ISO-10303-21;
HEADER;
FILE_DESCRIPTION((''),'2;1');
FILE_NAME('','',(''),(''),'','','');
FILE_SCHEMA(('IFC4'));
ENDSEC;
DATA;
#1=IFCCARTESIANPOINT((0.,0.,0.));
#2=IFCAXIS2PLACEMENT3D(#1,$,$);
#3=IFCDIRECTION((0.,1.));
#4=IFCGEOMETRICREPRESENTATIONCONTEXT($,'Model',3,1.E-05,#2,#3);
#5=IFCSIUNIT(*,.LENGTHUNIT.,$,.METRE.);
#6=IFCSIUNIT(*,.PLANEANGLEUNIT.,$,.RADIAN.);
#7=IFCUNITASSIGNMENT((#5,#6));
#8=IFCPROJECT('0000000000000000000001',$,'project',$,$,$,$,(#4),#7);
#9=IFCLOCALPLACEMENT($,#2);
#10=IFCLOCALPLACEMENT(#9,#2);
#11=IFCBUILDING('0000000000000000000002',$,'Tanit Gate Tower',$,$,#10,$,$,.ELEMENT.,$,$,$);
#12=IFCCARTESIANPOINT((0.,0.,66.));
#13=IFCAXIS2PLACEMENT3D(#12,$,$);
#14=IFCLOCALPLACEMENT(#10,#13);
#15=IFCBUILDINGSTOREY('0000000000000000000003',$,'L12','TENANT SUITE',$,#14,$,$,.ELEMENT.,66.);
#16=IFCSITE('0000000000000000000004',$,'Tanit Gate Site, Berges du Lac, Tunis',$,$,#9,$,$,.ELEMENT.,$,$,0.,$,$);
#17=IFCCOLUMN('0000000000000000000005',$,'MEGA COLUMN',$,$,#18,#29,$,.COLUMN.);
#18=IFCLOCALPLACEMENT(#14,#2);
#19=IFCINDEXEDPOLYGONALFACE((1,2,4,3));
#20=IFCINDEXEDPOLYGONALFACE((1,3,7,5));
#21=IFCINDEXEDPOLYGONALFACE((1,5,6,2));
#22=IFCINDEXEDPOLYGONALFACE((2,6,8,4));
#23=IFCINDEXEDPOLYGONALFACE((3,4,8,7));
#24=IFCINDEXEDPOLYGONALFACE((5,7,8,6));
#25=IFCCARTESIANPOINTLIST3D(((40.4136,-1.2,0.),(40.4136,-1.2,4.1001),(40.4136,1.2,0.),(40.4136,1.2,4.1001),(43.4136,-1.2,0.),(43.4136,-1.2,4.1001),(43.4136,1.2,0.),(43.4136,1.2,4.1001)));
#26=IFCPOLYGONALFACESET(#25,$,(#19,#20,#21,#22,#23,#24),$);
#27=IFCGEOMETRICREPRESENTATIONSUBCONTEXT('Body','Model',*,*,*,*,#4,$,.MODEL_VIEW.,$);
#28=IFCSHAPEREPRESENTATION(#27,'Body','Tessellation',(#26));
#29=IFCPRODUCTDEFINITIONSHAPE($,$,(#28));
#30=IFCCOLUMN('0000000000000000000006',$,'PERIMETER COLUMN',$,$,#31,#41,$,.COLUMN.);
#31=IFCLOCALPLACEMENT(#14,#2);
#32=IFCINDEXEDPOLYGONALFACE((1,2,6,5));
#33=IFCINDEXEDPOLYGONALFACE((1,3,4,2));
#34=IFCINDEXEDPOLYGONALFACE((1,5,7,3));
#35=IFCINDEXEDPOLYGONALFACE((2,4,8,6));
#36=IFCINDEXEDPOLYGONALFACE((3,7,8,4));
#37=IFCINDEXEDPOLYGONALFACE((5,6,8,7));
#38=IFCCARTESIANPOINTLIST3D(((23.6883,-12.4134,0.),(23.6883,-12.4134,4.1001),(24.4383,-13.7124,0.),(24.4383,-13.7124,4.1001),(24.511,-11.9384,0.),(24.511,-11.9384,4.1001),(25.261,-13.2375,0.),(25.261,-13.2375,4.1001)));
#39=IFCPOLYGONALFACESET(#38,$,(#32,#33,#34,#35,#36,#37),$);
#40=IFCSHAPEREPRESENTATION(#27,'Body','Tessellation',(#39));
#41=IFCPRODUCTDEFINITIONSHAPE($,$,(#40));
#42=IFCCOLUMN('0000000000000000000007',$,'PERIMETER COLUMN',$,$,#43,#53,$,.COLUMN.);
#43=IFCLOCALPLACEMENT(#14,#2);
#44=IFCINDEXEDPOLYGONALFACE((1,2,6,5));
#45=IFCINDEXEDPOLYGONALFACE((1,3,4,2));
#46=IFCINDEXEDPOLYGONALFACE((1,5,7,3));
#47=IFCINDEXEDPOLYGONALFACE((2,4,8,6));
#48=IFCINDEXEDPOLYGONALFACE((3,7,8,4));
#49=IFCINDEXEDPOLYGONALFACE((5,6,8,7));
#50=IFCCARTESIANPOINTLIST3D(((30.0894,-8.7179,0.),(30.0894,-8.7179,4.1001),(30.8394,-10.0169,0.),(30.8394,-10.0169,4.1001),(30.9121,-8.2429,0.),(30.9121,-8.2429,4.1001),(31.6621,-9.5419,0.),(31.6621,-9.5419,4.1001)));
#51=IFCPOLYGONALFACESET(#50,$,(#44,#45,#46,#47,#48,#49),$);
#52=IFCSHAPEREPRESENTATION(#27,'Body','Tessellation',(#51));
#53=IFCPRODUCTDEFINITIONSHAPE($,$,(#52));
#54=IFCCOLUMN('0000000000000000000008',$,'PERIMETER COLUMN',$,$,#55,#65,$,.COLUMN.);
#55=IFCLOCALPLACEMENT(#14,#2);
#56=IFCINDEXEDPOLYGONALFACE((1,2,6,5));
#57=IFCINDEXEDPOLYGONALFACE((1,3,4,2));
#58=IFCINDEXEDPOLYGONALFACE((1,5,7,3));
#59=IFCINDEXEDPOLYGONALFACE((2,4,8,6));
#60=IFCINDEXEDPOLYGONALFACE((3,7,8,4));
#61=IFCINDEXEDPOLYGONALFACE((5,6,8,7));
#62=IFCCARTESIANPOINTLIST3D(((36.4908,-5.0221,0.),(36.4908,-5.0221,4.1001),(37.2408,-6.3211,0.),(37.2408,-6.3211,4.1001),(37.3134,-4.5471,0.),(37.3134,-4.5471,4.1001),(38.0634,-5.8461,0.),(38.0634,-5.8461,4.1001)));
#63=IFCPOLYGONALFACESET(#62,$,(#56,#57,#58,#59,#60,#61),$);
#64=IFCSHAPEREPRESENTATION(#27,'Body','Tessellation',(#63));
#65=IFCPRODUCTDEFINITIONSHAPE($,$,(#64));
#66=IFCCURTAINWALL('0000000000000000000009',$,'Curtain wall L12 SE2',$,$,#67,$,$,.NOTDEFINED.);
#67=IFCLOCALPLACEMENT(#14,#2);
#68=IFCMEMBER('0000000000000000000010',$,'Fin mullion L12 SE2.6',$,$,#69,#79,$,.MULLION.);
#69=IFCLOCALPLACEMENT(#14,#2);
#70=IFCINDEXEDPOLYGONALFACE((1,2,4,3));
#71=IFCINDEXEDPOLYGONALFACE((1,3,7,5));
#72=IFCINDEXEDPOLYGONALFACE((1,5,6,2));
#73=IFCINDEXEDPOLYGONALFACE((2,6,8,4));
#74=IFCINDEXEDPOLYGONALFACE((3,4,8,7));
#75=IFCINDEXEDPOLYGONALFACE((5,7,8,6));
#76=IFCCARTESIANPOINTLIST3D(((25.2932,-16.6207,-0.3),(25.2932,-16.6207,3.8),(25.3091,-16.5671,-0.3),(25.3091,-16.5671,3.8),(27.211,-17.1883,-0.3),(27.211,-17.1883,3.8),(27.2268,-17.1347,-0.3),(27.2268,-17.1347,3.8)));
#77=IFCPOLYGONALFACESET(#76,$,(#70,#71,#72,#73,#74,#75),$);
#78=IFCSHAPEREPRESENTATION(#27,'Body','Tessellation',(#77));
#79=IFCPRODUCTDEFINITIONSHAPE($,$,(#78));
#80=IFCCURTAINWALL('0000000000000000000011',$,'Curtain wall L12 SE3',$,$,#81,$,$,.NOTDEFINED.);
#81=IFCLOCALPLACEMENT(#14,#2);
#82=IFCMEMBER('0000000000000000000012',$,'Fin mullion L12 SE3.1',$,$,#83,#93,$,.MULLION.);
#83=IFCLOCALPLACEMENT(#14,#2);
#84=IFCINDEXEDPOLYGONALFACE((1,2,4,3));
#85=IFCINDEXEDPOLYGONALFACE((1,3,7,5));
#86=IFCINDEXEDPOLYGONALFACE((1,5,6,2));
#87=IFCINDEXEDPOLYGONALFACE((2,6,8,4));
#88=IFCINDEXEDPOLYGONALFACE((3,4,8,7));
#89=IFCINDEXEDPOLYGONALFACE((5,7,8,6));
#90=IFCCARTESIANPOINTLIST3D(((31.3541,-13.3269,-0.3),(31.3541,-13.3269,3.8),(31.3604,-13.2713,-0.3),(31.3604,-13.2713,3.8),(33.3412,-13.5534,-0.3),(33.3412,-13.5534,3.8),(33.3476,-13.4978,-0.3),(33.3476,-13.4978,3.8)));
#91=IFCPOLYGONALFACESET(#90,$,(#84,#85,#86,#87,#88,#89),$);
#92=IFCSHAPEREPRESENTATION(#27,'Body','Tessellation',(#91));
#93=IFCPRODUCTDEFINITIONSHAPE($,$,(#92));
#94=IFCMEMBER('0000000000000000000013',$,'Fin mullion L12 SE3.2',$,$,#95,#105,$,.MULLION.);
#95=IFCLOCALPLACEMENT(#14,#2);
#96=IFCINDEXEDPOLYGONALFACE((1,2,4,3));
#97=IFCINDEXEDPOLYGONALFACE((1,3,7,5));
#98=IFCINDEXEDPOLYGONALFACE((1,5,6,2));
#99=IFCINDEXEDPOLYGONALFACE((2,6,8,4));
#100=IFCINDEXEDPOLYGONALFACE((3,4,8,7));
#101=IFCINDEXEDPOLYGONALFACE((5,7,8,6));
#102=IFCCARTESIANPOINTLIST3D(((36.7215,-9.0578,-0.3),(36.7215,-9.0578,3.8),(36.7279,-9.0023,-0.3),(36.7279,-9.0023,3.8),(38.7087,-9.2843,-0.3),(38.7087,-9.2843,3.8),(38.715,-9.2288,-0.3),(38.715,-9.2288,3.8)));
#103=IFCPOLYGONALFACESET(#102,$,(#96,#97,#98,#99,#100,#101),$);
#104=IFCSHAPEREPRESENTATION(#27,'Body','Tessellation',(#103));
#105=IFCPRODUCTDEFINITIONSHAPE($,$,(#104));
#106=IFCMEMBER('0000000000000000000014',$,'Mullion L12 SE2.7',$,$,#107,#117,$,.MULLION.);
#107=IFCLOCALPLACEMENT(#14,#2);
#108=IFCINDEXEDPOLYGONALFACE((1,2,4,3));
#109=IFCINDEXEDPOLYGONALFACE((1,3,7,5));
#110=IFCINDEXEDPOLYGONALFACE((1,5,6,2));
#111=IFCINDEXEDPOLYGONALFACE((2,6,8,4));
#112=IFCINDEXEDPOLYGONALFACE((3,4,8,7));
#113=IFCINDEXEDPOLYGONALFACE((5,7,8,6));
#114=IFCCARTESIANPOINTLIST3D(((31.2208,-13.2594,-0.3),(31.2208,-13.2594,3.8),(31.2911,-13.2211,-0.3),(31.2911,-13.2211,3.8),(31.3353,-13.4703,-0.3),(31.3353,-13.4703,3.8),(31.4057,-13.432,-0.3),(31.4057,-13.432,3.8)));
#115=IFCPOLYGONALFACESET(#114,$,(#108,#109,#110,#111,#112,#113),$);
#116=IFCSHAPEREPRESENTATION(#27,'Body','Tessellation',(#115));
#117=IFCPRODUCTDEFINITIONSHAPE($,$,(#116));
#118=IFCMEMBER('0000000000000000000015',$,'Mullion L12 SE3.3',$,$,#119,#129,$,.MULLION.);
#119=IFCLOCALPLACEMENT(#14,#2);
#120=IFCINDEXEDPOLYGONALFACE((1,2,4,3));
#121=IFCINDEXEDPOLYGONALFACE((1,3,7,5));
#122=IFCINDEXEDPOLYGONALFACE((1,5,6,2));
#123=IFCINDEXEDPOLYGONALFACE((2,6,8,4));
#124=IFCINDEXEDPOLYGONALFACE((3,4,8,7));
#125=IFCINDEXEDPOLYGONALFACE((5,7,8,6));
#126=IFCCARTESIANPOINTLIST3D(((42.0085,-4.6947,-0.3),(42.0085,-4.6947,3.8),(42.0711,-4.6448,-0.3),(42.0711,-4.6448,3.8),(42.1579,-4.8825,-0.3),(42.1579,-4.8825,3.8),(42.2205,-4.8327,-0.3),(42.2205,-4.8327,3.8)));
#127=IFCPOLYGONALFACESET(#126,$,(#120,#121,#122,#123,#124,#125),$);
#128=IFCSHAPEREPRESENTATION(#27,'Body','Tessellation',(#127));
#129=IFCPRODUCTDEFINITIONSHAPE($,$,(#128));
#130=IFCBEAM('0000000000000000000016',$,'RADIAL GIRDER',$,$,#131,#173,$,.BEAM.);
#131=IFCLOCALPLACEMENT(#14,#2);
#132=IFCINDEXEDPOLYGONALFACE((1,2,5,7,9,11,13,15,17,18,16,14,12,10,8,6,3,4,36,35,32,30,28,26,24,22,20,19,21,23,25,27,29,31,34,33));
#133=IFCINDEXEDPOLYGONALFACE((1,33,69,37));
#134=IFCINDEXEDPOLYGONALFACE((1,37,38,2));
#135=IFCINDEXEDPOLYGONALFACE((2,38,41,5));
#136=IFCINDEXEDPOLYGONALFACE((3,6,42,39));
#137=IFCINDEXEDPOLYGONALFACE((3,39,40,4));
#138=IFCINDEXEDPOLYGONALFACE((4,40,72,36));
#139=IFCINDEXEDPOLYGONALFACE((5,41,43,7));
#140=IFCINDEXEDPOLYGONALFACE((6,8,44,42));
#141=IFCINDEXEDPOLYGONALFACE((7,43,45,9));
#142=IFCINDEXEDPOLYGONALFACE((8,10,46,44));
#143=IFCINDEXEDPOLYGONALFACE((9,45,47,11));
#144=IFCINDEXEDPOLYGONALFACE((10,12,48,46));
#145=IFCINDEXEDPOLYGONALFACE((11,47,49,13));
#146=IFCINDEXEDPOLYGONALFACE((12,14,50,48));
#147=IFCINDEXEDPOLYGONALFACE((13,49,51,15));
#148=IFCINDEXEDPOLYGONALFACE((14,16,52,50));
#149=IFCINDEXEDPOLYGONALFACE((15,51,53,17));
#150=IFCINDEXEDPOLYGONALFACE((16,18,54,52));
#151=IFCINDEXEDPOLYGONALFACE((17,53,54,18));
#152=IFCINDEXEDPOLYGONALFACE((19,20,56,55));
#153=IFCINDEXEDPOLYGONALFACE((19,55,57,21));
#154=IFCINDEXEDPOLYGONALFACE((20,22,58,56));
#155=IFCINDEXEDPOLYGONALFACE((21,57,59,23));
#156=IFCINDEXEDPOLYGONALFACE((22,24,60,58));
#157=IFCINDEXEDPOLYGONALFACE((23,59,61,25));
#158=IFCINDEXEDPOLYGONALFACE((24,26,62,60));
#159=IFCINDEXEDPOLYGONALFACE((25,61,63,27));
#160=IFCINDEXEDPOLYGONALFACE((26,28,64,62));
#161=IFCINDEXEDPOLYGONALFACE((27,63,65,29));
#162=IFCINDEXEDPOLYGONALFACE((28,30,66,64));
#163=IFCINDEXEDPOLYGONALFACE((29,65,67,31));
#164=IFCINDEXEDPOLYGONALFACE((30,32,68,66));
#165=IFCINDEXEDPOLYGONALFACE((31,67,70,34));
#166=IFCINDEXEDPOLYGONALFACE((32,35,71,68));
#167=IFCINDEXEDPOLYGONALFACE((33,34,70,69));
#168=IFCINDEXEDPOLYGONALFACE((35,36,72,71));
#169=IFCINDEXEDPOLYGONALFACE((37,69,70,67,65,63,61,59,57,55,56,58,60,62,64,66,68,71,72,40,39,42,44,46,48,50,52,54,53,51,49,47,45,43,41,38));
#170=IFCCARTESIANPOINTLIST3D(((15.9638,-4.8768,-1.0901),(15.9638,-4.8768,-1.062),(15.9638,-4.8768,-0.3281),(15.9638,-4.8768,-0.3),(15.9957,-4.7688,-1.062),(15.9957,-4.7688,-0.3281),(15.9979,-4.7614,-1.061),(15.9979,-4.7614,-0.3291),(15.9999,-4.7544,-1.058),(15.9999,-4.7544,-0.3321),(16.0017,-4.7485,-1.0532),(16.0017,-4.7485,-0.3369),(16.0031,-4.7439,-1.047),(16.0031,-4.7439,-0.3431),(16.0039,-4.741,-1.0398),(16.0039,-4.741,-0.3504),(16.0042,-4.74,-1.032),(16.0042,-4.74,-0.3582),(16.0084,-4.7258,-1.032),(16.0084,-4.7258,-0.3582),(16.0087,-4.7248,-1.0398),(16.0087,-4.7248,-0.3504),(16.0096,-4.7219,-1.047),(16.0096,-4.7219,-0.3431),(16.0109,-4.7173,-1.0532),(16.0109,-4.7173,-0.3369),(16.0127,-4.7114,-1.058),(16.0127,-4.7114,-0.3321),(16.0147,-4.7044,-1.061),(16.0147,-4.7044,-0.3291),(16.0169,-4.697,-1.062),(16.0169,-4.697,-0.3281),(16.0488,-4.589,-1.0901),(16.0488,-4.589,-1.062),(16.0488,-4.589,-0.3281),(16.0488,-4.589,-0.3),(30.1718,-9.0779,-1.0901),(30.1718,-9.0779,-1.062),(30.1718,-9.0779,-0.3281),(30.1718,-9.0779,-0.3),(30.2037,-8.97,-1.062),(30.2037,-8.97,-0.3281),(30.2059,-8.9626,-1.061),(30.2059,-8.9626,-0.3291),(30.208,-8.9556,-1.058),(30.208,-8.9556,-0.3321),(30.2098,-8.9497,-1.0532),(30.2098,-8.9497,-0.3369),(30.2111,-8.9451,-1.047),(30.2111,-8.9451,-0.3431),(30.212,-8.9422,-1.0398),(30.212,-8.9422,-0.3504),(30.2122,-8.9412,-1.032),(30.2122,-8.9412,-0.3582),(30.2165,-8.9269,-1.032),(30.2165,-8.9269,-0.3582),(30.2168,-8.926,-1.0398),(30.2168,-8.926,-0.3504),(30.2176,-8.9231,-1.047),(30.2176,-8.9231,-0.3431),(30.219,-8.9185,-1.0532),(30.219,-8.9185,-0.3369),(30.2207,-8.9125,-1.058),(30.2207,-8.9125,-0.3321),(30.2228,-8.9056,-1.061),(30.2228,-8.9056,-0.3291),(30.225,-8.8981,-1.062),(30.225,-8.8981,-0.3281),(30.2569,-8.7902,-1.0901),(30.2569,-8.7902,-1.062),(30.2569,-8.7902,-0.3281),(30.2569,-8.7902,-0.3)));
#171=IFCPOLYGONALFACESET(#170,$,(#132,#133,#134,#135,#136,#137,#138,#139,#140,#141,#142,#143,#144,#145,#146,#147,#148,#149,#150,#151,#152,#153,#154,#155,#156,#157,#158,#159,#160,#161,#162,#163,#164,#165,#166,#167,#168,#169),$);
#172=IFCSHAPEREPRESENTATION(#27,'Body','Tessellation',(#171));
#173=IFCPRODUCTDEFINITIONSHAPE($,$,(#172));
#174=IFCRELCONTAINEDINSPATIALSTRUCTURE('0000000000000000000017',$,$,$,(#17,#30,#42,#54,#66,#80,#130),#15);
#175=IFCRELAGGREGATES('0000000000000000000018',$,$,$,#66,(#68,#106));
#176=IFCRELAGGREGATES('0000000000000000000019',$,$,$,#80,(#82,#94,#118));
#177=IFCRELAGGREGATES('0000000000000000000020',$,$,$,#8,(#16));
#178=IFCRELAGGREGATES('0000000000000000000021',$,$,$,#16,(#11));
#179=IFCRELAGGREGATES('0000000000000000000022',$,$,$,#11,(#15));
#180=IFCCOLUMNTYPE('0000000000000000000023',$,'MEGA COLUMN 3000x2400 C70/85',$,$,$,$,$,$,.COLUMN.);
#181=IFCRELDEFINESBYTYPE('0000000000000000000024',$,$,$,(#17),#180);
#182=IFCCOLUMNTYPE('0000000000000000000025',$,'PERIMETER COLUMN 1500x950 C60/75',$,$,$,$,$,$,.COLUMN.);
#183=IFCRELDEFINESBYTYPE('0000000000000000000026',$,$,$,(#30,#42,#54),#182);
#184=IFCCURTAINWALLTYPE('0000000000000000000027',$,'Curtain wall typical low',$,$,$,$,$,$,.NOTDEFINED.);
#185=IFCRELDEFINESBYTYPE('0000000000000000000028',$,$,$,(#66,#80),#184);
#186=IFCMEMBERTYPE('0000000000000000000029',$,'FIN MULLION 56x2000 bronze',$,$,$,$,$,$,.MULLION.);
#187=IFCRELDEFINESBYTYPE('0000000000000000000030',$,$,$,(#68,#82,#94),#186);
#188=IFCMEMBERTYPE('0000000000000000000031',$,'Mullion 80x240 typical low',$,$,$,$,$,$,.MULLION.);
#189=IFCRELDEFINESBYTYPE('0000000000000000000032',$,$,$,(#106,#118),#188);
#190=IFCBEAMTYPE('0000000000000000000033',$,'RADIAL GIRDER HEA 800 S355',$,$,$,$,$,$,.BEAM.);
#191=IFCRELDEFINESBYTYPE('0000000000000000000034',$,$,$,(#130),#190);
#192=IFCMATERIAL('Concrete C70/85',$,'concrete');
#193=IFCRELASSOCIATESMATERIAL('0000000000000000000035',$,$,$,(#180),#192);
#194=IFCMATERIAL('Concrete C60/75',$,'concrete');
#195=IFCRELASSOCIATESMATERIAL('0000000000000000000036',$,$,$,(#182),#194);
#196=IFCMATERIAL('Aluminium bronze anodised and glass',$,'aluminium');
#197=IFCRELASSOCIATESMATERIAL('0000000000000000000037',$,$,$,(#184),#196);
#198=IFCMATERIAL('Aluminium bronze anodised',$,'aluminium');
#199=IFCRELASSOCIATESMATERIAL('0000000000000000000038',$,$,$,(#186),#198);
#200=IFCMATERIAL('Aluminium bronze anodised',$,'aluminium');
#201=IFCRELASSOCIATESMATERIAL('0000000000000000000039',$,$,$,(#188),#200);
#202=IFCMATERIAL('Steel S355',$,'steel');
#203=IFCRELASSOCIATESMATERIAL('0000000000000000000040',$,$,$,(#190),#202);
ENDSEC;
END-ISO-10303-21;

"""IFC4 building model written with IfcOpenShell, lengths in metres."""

from ifc_helpers import new_model, si_unit, direction, frame, origin, origin_2d, place, context, subcontext, project, spatial, rectangle, i_section, extrude, material, material_profile, profile_set, type_object, element, aggregate, save


model = new_model("IFC4")

# Units and contexts
model_context = context("Model", 3, precision=1e-05, world=origin(), true_north=direction((0.0, 1.0)))
body_context = subcontext(model_context, "Body", "Model", "MODEL_VIEW")
ifc_project = project(units=[si_unit("LENGTHUNIT", "METRE"), si_unit("PLANEANGLEUNIT", "RADIAN")], contexts=[model_context])

# Site, building, storey
site_placement = place(None, origin())
site = spatial("IfcSite", under=ifc_project, at=site_placement, Name="Tanit Gate Site, Berges du Lac, Tunis", CompositionType="ELEMENT", RefElevation=0.0)
building_placement = place(site_placement, origin())
building = spatial("IfcBuilding", under=site, at=building_placement, Name="Tanit Gate Tower", CompositionType="ELEMENT")
storey_placement = place(building_placement, frame((0.0, 0.0, 66.0)))
storey = spatial("IfcBuildingStorey", under=building, at=storey_placement, Name="L12", Description="TENANT SUITE", CompositionType="ELEMENT", Elevation=66.0)

# Columns
ifc_material_1 = material(Name="Concrete C70/85", Category="concrete")
ifc_material_profile_1 = material_profile(ifc_material_1, rectangle(XDim=3.0, YDim=2.3999, at=origin_2d()), Name="RC 3000x2400")
ifc_profile_set_1 = profile_set([ifc_material_profile_1], Name="Concrete C70/85")
column_type_1 = type_object("IfcColumnType", Name="MEGA COLUMN 3000x2400 C70/85", PredefinedType="COLUMN", material=ifc_profile_set_1)
column_placement = place(storey_placement, frame((41.9136, 0.0, 0.0), z_axis=(0.0, 0.0, 1.0), x_axis=(1.0, 0.0, 0.0)))
element("IfcColumn", 1, at=column_placement, inside=storey, type_object=column_type_1, Name="MEGA COLUMN", PredefinedType="COLUMN", context=body_context, shape_type="SweptSolid", body=[
    extrude(rectangle(XDim=3.0, YDim=2.3999, at=origin_2d()), origin(), (0.0, 0.0, 1.0), 4.1001),
])
ifc_material_2 = material(Name="Concrete C60/75", Category="concrete")
ifc_material_profile_2 = material_profile(ifc_material_2, rectangle(XDim=1.5, YDim=0.95, at=origin_2d()), Name="RC 1500x950")
ifc_profile_set_2 = profile_set([ifc_material_profile_2], Name="Concrete C60/75")
column_type_2 = type_object("IfcColumnType", Name="PERIMETER COLUMN 1500x950 C60/75", PredefinedType="COLUMN", material=ifc_profile_set_2)
for number, where, z_axis, x_axis, name in (
    (2, (24.4746, -12.8254, 0.0), (0.0, 0.0, 1.0), (0.5, -0.866025, 0.0), "PERIMETER COLUMN"),
    (3, (30.8757, -9.1299, 0.0), (0.0, 0.0, 1.0), (0.5, -0.866025, 0.0), "PERIMETER COLUMN"),
    (4, (37.2771, -5.4341, 0.0), (0.0, 0.0, 1.0), (0.5, -0.866025, 0.0), "PERIMETER COLUMN"),
):
    element("IfcColumn", number, at=place(storey_placement, frame(where, z_axis=z_axis, x_axis=x_axis)), inside=storey, type_object=column_type_2, Name=name, PredefinedType="COLUMN", context=body_context, shape_type="SweptSolid", body=[
        extrude(rectangle(XDim=1.5, YDim=0.95, at=origin_2d()), origin(), (0.0, 0.0, 1.0), 4.1001),
    ])

# Curtain wall, member
ifc_material_3 = material(Name="Aluminium bronze anodised and glass", Category="aluminium")
curtain_wall_type = type_object("IfcCurtainWallType", Name="Curtain wall typical low", PredefinedType="NOTDEFINED", material=ifc_material_3)
curtain_wall_1_placement = place(storey_placement, origin())
curtain_wall_1 = element("IfcCurtainWall", 5, at=curtain_wall_1_placement, inside=storey, type_object=curtain_wall_type, Name="Curtain wall L12 SE2", PredefinedType="NOTDEFINED")
ifc_material_4 = material(Name="Aluminium bronze anodised", Category="aluminium")
ifc_material_profile_3 = material_profile(ifc_material_4, rectangle(XDim=2.0, YDim=0.0559, at=origin_2d()), Name="56x2000 bronze fin mullion")
ifc_profile_set_3 = profile_set([ifc_material_profile_3], Name="Aluminium bronze anodised")
member_type_1 = type_object("IfcMemberType", Name="FIN MULLION 56x2000 bronze", PredefinedType="MULLION", material=ifc_profile_set_3)
member_1_placement = place(storey_placement, frame((26.26, -16.8777, -0.3), z_axis=(0.0, 0.0, 1.0), x_axis=(-0.958892, 0.283773, 0.0)))
member_1 = element("IfcMember", 6, at=member_1_placement, type_object=member_type_1, Name="Fin mullion L12 SE2.6", PredefinedType="MULLION", context=body_context, shape_type="SweptSolid", body=[
    extrude(rectangle(XDim=2.0, YDim=0.0559, at=origin_2d()), origin(), (0.0, 0.0, 1.0), 4.1001),
])

# Curtain wall, members
curtain_wall_2_placement = place(storey_placement, origin())
curtain_wall_2 = element("IfcCurtainWall", 7, at=curtain_wall_2_placement, inside=storey, type_object=curtain_wall_type, Name="Curtain wall L12 SE3", PredefinedType="NOTDEFINED")
member_2_placement = place(storey_placement, frame((32.3508, -13.4124, -0.3), z_axis=(0.0, 0.0, 1.0), x_axis=(-0.993566, 0.113253, 0.0)))
member_2 = element("IfcMember", 8, at=member_2_placement, type_object=member_type_1, Name="Fin mullion L12 SE3.1", PredefinedType="MULLION", context=body_context, shape_type="SweptSolid", body=[
    extrude(rectangle(XDim=2.0, YDim=0.0559, at=origin_2d()), origin(), (0.0, 0.0, 1.0), 4.1001),
])
member_3_placement = place(storey_placement, frame((37.7183, -9.1433, -0.3), z_axis=(0.0, 0.0, 1.0), x_axis=(-0.993566, 0.113253, 0.0)))
member_3 = element("IfcMember", 9, at=member_3_placement, type_object=member_type_1, Name="Fin mullion L12 SE3.2", PredefinedType="MULLION", context=body_context, shape_type="SweptSolid", body=[
    extrude(rectangle(XDim=2.0, YDim=0.0559, at=origin_2d()), origin(), (0.0, 0.0, 1.0), 4.1001),
])

# Members
ifc_material_5 = material(Name="Aluminium bronze anodised", Category="aluminium")
ifc_material_profile_4 = material_profile(ifc_material_5, rectangle(XDim=0.24, YDim=0.0801, at=origin_2d()), Name="80x240 bronze mullion")
ifc_profile_set_4 = profile_set([ifc_material_profile_4], Name="Aluminium bronze anodised")
member_type_2 = type_object("IfcMemberType", Name="Mullion 80x240 typical low", PredefinedType="MULLION", material=ifc_profile_set_4)
member_4_placement = place(storey_placement, frame((31.3132, -13.3457, -0.3), z_axis=(0.0, 0.0, 1.0), x_axis=(-0.477381, 0.878696, 0.0)))
member_4 = element("IfcMember", 10, at=member_4_placement, type_object=member_type_2, Name="Mullion L12 SE2.7", PredefinedType="MULLION", context=body_context, shape_type="SweptSolid", body=[
    extrude(rectangle(XDim=0.24, YDim=0.0801, at=origin_2d()), origin(), (0.0, 0.0, 1.0), 4.1001),
])
member_5_placement = place(storey_placement, frame((42.1145, -4.7637, -0.3), z_axis=(0.0, 0.0, 1.0), x_axis=(-0.622475, 0.782639, 0.0)))
member_5 = element("IfcMember", 11, at=member_5_placement, type_object=member_type_2, Name="Mullion L12 SE3.3", PredefinedType="MULLION", context=body_context, shape_type="SweptSolid", body=[
    extrude(rectangle(XDim=0.24, YDim=0.0801, at=origin_2d()), origin(), (0.0, 0.0, 1.0), 4.1001),
])

# Beam
ifc_material_6 = material(Name="Steel S355", Category="steel")
ifc_material_profile_5 = material_profile(ifc_material_6, i_section(OverallWidth=0.3, OverallDepth=0.79, WebThickness=0.0149, FlangeThickness=0.0281, FilletRadius=0.03, at=origin_2d()), Name="HEA 800")
ifc_profile_set_5 = profile_set([ifc_material_profile_5], Name="Steel S355")
beam_type_1 = type_object("IfcBeamType", Name="RADIAL GIRDER HEA 800 S355", PredefinedType="BEAM", material=ifc_profile_set_5)
beam_1_placement = place(storey_placement, frame((30.2144, -8.9341, -0.6951), z_axis=(-0.958956, 0.283554, 0.0), x_axis=(-0.283554, -0.958956, 0.0)))
element("IfcBeam", 12, at=beam_1_placement, inside=storey, type_object=beam_type_1, Name="RADIAL GIRDER", PredefinedType="BEAM", context=body_context, shape_type="SweptSolid", body=[
    extrude(i_section(OverallWidth=0.3, OverallDepth=0.79, WebThickness=0.0149, FlangeThickness=0.0281, FilletRadius=0.03, at=origin_2d()), origin(), (0.0, 0.0, 1.0), 14.8162),
])

aggregate(curtain_wall_1, [member_1, member_4])
aggregate(curtain_wall_2, [member_2, member_3, member_5])

save(model, "model.ifc")
